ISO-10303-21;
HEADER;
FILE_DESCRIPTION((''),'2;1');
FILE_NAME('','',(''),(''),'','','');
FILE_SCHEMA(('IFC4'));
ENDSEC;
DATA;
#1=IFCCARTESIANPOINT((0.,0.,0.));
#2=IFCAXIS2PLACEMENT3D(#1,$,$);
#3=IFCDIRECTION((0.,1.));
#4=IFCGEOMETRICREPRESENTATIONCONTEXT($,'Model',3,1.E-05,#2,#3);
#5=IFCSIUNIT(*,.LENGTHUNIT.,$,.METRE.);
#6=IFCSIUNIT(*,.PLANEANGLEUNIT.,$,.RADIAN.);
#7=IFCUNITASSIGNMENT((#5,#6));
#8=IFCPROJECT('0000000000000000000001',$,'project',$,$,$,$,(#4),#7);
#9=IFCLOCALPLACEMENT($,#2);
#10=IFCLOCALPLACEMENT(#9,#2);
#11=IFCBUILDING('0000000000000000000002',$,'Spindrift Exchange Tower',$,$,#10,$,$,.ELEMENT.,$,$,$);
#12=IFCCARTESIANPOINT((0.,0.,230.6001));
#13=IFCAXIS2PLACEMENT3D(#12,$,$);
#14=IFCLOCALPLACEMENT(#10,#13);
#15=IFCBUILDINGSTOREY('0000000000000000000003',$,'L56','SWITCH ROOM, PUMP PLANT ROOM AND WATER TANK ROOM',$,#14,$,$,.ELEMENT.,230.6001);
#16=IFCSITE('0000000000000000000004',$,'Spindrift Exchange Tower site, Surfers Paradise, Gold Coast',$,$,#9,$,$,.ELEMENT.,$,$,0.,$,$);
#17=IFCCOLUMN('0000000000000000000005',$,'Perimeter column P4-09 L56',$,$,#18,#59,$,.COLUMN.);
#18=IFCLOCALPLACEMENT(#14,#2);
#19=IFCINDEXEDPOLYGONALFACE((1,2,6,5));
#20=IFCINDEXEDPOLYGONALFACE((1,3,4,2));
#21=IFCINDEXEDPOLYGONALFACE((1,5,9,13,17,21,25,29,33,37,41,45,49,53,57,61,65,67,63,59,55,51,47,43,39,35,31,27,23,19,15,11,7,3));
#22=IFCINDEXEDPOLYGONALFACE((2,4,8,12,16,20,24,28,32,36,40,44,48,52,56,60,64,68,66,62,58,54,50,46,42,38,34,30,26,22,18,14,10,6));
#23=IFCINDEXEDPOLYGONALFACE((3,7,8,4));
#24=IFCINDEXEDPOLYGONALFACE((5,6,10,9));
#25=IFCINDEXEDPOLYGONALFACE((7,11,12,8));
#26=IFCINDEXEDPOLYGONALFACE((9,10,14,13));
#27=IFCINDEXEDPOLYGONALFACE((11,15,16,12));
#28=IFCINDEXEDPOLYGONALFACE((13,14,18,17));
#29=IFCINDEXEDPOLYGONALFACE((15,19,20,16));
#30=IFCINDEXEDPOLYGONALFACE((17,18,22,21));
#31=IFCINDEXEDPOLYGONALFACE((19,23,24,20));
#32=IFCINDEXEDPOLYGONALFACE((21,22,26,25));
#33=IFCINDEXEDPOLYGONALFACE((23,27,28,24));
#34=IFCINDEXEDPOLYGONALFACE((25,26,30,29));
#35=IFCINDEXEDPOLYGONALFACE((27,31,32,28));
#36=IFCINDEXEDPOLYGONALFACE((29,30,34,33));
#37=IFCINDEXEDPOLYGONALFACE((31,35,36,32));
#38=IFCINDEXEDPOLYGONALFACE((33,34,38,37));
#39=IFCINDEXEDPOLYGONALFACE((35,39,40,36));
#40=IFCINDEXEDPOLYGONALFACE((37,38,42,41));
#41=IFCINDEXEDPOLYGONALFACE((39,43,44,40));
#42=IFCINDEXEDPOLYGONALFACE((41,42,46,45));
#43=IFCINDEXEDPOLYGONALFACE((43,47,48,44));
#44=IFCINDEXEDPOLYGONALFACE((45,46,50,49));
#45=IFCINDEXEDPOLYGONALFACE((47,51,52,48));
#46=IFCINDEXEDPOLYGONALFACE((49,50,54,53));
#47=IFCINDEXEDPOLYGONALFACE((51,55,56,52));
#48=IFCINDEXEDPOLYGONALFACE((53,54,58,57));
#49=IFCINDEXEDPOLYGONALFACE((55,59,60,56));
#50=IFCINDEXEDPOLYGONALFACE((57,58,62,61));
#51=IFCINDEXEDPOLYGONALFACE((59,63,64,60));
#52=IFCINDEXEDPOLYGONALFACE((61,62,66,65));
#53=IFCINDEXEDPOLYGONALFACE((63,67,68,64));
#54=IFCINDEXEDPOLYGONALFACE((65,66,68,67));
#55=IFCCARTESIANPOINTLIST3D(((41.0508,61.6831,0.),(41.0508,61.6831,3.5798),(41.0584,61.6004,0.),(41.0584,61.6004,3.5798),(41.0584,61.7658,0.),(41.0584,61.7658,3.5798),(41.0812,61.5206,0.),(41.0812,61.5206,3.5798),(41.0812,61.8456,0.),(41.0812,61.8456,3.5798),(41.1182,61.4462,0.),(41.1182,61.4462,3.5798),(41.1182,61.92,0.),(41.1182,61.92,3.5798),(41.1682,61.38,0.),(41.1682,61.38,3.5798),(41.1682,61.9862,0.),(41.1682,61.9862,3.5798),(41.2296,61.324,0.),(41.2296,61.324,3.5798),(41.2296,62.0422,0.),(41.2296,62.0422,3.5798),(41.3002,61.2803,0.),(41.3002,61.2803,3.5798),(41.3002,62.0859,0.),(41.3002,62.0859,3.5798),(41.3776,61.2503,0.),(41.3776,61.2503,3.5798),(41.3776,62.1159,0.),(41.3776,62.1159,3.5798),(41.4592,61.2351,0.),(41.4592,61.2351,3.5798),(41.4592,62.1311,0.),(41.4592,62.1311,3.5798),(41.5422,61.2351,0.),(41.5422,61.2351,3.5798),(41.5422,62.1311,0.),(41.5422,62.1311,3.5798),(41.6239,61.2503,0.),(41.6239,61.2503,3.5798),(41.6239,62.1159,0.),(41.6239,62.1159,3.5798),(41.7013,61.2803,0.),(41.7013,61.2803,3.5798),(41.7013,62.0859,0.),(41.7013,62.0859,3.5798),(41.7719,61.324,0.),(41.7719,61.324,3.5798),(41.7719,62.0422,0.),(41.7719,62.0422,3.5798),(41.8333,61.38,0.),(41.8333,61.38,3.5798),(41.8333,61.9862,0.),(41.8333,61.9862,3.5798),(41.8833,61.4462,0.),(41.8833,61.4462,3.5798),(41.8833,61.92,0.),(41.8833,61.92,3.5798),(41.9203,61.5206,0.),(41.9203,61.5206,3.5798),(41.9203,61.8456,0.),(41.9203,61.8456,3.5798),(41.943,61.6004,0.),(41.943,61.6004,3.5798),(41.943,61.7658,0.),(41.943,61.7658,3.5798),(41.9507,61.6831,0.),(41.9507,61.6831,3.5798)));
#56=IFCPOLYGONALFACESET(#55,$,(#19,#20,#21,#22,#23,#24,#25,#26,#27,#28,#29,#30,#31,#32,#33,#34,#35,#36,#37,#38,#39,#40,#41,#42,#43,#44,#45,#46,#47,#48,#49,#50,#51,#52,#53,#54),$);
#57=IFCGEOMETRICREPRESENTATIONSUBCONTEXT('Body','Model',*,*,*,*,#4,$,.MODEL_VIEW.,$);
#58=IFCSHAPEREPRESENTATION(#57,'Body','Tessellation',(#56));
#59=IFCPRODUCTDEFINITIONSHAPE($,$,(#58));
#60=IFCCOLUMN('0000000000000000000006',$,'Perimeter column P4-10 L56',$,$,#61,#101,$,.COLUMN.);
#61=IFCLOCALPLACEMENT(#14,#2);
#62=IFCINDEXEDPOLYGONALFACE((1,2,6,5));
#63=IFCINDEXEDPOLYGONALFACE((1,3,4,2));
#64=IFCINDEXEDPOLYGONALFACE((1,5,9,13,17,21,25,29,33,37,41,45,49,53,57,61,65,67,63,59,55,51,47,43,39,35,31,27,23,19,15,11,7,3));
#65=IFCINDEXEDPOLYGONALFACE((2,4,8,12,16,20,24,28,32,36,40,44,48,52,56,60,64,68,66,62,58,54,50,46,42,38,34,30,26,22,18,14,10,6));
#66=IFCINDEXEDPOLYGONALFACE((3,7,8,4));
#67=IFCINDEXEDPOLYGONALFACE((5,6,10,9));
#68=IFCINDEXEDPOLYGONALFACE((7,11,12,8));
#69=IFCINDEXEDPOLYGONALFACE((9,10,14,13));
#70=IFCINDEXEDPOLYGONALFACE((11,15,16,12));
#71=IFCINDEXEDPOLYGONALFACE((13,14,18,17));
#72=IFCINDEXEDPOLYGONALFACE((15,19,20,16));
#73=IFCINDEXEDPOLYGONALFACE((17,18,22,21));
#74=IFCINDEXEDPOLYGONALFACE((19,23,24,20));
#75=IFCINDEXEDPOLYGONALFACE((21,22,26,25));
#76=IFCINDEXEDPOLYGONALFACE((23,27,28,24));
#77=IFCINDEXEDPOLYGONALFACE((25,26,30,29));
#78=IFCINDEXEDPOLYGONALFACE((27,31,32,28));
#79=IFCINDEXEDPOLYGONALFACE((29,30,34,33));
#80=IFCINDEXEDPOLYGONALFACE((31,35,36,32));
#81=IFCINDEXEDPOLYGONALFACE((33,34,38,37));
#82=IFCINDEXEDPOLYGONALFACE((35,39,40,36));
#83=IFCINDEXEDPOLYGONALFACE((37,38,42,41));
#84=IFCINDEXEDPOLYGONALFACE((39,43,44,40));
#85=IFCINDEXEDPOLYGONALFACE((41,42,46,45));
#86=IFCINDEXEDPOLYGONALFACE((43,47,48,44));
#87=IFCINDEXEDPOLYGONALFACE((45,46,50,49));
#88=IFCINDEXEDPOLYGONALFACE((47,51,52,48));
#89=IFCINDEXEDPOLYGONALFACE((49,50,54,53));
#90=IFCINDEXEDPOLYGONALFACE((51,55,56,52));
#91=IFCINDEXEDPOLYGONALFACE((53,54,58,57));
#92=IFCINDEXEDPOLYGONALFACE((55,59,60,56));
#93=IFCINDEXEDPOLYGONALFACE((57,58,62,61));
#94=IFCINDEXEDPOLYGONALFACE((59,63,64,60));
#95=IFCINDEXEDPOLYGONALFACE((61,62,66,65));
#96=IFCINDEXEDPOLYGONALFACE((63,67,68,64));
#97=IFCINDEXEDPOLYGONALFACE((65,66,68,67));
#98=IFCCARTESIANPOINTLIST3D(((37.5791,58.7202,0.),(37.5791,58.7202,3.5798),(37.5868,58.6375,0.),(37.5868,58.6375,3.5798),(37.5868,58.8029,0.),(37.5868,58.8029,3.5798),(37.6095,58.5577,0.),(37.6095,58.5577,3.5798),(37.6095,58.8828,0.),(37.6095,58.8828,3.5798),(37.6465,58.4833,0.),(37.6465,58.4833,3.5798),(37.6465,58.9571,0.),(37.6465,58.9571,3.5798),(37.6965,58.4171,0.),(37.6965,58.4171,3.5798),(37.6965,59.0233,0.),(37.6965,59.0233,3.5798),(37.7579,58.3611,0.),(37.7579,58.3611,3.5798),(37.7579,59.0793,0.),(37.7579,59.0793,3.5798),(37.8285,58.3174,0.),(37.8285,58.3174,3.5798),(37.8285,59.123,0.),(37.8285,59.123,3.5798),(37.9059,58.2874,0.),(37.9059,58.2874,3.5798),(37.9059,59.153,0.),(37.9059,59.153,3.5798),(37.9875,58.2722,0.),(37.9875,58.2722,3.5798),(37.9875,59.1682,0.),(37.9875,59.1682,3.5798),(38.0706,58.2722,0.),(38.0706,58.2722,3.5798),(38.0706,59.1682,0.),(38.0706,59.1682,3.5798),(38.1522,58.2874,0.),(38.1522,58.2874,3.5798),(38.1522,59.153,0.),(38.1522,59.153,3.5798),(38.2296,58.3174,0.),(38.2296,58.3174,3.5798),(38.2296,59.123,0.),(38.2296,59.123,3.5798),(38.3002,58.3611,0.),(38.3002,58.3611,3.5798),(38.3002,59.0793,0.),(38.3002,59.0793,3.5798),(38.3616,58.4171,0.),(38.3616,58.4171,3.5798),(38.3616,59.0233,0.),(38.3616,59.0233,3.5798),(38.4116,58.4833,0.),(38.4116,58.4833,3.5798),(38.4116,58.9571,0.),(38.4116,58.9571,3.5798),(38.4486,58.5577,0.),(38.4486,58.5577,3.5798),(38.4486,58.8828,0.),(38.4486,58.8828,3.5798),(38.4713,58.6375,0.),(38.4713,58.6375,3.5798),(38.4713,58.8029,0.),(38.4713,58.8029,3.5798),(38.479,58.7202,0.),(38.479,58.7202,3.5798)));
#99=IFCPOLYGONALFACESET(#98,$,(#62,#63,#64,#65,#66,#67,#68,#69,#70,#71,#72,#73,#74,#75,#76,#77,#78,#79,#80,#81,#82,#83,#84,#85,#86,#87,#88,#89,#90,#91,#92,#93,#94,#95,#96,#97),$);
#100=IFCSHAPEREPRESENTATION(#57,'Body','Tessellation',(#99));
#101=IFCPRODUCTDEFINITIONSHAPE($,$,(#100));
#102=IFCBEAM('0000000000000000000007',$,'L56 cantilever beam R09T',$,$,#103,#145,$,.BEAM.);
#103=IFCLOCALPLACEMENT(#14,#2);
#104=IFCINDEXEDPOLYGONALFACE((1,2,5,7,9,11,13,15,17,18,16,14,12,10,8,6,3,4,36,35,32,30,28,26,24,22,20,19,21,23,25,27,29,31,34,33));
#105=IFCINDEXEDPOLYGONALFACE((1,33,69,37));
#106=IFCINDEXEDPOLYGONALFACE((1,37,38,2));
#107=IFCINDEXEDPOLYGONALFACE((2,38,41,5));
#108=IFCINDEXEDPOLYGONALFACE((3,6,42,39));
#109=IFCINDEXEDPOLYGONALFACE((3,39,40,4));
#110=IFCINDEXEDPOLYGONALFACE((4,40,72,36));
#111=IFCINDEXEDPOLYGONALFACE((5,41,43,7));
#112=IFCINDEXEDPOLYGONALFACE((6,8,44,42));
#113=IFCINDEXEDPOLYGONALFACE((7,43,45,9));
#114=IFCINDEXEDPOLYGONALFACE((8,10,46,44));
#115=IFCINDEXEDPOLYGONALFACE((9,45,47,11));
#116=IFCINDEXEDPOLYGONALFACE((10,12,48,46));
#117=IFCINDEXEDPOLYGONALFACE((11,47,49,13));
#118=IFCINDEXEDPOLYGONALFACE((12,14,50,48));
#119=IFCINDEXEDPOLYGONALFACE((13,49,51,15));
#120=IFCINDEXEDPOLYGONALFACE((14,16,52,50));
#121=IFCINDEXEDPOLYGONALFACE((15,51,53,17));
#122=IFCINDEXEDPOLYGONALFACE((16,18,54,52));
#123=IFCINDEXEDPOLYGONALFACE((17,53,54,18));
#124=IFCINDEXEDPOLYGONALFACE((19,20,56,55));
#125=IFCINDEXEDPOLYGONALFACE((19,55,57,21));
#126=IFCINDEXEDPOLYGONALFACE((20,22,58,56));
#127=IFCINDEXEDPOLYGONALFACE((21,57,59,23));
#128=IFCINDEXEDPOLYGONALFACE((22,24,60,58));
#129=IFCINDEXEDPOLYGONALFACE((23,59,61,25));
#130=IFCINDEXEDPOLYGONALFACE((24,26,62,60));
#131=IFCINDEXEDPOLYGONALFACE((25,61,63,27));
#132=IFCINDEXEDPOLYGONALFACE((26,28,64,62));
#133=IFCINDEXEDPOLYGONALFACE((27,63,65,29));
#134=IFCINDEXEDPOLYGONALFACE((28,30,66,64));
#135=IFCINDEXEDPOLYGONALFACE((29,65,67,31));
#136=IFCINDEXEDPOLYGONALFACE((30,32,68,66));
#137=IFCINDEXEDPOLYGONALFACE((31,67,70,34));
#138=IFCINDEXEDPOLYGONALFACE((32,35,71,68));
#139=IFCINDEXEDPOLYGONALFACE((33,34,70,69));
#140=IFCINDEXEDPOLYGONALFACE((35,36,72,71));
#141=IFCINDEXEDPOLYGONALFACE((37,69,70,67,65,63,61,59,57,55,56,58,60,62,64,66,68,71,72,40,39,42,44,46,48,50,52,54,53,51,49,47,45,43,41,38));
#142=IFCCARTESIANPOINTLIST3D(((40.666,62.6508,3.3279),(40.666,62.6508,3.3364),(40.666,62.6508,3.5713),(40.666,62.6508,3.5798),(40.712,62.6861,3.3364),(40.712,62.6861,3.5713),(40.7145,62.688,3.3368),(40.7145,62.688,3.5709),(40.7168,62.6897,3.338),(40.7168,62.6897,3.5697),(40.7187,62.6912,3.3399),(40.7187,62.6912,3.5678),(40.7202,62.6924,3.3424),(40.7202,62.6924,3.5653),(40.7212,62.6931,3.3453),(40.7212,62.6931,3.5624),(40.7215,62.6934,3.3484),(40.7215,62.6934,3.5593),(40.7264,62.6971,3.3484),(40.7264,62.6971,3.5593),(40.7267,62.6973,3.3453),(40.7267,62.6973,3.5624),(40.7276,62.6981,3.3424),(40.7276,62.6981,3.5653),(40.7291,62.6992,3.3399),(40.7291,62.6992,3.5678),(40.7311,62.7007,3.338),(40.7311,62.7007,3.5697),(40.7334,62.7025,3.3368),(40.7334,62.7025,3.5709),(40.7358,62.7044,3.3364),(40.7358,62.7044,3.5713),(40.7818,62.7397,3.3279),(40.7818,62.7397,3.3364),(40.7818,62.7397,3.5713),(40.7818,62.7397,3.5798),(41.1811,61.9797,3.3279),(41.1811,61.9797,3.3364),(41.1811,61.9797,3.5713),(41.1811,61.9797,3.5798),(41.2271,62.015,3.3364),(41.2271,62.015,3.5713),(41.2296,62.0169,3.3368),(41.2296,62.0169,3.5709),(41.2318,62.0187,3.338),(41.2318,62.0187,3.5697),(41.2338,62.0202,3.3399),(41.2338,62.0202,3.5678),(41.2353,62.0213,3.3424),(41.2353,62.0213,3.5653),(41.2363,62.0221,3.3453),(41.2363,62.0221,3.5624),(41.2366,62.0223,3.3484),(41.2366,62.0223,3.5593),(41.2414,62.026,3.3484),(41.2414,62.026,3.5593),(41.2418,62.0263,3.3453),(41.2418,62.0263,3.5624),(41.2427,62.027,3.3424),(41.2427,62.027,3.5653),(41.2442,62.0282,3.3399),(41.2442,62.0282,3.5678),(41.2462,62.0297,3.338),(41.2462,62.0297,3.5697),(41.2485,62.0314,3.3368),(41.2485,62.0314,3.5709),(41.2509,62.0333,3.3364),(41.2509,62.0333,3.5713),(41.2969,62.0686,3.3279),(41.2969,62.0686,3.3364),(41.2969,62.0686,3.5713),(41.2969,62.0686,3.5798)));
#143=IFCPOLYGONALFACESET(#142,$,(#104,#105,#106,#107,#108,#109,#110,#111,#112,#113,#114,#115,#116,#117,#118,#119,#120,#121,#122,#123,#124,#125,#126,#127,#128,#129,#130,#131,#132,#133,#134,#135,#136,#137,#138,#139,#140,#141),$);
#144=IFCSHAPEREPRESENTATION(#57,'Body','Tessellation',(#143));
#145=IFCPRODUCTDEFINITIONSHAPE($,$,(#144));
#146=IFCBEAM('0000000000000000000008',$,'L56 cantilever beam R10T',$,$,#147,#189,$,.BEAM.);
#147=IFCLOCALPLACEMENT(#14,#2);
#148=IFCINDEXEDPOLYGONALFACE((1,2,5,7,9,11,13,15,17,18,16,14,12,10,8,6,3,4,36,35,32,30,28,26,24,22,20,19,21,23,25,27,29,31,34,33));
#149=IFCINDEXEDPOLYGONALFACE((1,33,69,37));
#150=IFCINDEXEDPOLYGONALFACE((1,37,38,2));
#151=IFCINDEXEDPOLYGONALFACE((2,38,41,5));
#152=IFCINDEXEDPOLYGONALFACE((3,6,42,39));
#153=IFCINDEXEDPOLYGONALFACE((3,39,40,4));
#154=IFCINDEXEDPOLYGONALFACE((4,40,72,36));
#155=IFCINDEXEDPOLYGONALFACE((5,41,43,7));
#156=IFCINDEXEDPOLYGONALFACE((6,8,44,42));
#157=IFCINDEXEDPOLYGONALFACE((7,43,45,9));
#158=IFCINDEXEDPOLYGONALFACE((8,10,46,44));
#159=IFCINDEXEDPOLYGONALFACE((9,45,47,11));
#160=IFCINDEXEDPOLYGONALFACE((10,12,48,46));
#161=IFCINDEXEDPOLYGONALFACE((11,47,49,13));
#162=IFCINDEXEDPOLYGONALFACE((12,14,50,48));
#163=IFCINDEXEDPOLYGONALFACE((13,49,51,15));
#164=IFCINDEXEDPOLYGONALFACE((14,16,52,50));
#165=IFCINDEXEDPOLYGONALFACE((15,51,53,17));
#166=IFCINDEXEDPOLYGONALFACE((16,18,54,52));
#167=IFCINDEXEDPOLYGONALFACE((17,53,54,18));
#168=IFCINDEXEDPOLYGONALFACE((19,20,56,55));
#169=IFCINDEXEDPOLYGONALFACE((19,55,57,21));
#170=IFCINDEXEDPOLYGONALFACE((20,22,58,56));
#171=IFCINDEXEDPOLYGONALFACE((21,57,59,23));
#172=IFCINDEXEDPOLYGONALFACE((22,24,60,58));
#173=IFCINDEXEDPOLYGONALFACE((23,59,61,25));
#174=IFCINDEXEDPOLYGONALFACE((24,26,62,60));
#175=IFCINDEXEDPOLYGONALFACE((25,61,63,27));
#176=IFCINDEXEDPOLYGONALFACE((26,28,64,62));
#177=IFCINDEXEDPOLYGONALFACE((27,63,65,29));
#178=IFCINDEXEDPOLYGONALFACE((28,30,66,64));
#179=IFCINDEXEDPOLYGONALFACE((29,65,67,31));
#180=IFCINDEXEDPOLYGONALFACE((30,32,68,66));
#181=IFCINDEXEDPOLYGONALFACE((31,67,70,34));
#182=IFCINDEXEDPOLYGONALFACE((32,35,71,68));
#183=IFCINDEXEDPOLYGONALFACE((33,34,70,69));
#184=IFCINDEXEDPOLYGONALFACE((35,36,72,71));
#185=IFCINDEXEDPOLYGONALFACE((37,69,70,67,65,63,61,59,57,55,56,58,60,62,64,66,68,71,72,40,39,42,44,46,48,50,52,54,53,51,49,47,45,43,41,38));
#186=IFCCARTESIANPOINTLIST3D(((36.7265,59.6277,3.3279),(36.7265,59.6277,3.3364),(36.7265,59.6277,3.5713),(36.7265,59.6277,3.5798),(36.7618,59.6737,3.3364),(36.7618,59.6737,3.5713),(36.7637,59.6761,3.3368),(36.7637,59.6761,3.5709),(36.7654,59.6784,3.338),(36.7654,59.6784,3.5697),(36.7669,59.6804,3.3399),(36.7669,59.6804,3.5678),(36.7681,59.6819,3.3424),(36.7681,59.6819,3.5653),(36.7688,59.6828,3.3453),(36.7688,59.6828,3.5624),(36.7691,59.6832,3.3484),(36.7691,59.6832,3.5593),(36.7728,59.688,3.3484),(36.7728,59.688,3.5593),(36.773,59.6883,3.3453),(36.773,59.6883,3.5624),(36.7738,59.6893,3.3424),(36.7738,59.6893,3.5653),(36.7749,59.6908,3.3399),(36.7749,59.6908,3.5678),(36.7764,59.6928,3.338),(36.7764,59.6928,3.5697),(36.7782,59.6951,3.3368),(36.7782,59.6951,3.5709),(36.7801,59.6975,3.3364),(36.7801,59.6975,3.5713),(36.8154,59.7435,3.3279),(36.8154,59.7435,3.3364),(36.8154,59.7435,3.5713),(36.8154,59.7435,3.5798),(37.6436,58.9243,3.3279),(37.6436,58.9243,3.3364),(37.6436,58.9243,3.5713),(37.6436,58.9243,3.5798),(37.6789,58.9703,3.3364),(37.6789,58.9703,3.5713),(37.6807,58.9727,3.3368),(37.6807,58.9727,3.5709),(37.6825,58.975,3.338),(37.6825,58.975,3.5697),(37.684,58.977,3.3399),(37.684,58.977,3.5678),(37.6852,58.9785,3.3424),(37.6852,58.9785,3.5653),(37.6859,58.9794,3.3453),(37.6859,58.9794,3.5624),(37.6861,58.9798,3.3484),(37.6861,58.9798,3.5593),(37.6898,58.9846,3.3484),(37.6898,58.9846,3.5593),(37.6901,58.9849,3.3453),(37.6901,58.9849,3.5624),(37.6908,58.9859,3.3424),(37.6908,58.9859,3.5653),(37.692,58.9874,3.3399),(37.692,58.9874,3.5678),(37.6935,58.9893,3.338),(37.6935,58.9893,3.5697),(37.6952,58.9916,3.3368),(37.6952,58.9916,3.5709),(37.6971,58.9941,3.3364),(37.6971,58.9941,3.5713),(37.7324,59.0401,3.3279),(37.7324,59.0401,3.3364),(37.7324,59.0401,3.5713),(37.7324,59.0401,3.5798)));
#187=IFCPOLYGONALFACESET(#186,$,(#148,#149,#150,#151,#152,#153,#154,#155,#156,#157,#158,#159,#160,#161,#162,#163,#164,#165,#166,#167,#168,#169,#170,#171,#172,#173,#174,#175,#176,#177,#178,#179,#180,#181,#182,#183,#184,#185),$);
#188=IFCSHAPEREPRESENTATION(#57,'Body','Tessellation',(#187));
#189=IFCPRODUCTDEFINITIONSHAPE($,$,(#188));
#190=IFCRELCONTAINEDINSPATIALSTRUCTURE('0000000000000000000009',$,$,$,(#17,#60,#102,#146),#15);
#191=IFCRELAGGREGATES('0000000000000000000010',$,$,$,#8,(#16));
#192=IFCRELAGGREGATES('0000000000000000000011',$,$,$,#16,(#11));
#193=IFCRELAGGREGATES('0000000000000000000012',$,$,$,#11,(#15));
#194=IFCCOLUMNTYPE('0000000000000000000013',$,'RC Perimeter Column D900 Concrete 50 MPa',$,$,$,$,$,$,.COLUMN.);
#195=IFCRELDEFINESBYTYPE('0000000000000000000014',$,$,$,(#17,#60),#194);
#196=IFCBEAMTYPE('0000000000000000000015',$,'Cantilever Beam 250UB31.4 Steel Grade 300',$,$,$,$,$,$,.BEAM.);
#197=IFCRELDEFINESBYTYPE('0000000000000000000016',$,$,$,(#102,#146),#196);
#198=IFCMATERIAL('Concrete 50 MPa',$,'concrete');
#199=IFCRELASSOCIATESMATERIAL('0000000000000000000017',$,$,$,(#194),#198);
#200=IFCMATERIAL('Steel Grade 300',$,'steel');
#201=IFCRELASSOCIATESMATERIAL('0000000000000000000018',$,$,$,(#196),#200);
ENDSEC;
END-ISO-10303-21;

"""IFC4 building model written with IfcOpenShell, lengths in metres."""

from ifc_helpers import new_model, si_unit, direction, frame, origin, origin_2d, place, context, subcontext, project, spatial, circle, i_section, extrude, source, transform, mapped, material, material_profile, profile_set, type_object, element, save


model = new_model("IFC4")

# Units and contexts
model_context = context("Model", 3, precision=1e-05, world=origin(), true_north=direction((0.0, 1.0)))
body_context = subcontext(model_context, "Body", "Model", "MODEL_VIEW")
ifc_project = project(units=[si_unit("LENGTHUNIT", "METRE"), si_unit("PLANEANGLEUNIT", "RADIAN")], contexts=[model_context])

# Site, building, storey
site_placement = place(None, origin())
site = spatial("IfcSite", under=ifc_project, at=site_placement, Name="Spindrift Exchange Tower site, Surfers Paradise, Gold Coast", CompositionType="ELEMENT", RefElevation=0.0)
building_placement = place(site_placement, origin())
building = spatial("IfcBuilding", under=site, at=building_placement, Name="Spindrift Exchange Tower", CompositionType="ELEMENT")
storey_placement = place(building_placement, frame((0.0, 0.0, 230.6001)))
storey = spatial("IfcBuildingStorey", under=building, at=storey_placement, Name="L56", Description="SWITCH ROOM, PUMP PLANT ROOM AND WATER TANK ROOM", CompositionType="ELEMENT", Elevation=230.6001)

# Columns
ifc_material_1 = material(Name="Concrete 50 MPa", Category="concrete")
ifc_material_profile_1 = material_profile(ifc_material_1, circle(Radius=0.45, at=origin_2d()), Name="RC D900")
ifc_profile_set_1 = profile_set([ifc_material_profile_1], Name="Concrete 50 MPa")
column_type = type_object("IfcColumnType", Name="RC Perimeter Column D900 Concrete 50 MPa", PredefinedType="COLUMN", material=ifc_profile_set_1)
shared_shape_1 = source(origin(), body_context, "Body", "SweptSolid", [
    extrude(circle(Radius=0.45, at=origin_2d()), origin(), (0.0, 0.0, 1.0), 3.5798),
])
for number, where, z_axis, x_axis, name in (
    (1, (41.5007, 61.6831, 0.0), (0.0, 0.0, 1.0), (1.0, 0.0, 0.0), "Perimeter column P4-09 L56"),
    (2, (38.0291, 58.7202, 0.0), (0.0, 0.0, 1.0), (1.0, 0.0, 0.0), "Perimeter column P4-10 L56"),
):
    element("IfcColumn", number, at=place(storey_placement, frame(where, z_axis=z_axis, x_axis=x_axis)), inside=storey, type_object=column_type, Name=name, PredefinedType="COLUMN", context=body_context, shape_type="MappedRepresentation", body=[
        mapped(shared_shape_1, transform((0.0, 0.0, 0.0), scale=1.0)),
    ])

# Beams
ifc_material_2 = material(Name="Steel Grade 300", Category="steel")
ifc_material_profile_2 = material_profile(ifc_material_2, i_section(OverallWidth=0.146, OverallDepth=0.252, WebThickness=0.0061, FlangeThickness=0.0085, FilletRadius=0.012, at=origin_2d()), Name="250UB31.4")
ifc_profile_set_2 = profile_set([ifc_material_profile_2], Name="Steel Grade 300")
beam_type_1 = type_object("IfcBeamType", Name="Cantilever Beam 250UB31.4 Steel Grade 300", PredefinedType="BEAM", material=ifc_profile_set_2)
shared_shape_2 = source(origin(), body_context, "Body", "SweptSolid", [
    extrude(i_section(OverallWidth=0.146, OverallDepth=0.252, WebThickness=0.0061, FlangeThickness=0.0085, FilletRadius=0.012, at=origin_2d()), origin(), (0.0, 0.0, 1.0), 0.8459),
])
beam_1_placement = place(storey_placement, frame((41.239, 62.0242, 3.4539), z_axis=(-0.608874, 0.793267, 0.0), x_axis=(-0.793267, -0.608874, 0.0)))
element("IfcBeam", 3, at=beam_1_placement, inside=storey, type_object=beam_type_1, Name="L56 cantilever beam R09T", PredefinedType="BEAM", context=body_context, shape_type="MappedRepresentation", body=[
    mapped(shared_shape_2, transform((0.0, 0.0, 0.0), scale=1.0)),
])
shared_shape_3 = source(origin(), body_context, "Body", "SweptSolid", [
    extrude(i_section(OverallWidth=0.146, OverallDepth=0.252, WebThickness=0.0061, FlangeThickness=0.0085, FilletRadius=0.012, at=origin_2d()), origin(), (0.0, 0.0, 1.0), 1.1558),
])
beam_2_placement = place(storey_placement, frame((37.688, 58.9822, 3.4539), z_axis=(-0.793464, 0.608618, 0.0), x_axis=(-0.608618, -0.793464, 0.0)))
element("IfcBeam", 4, at=beam_2_placement, inside=storey, type_object=beam_type_1, Name="L56 cantilever beam R10T", PredefinedType="BEAM", context=body_context, shape_type="MappedRepresentation", body=[
    mapped(shared_shape_3, transform((0.0, 0.0, 0.0), scale=1.0)),
])

save(model, "model.ifc")
